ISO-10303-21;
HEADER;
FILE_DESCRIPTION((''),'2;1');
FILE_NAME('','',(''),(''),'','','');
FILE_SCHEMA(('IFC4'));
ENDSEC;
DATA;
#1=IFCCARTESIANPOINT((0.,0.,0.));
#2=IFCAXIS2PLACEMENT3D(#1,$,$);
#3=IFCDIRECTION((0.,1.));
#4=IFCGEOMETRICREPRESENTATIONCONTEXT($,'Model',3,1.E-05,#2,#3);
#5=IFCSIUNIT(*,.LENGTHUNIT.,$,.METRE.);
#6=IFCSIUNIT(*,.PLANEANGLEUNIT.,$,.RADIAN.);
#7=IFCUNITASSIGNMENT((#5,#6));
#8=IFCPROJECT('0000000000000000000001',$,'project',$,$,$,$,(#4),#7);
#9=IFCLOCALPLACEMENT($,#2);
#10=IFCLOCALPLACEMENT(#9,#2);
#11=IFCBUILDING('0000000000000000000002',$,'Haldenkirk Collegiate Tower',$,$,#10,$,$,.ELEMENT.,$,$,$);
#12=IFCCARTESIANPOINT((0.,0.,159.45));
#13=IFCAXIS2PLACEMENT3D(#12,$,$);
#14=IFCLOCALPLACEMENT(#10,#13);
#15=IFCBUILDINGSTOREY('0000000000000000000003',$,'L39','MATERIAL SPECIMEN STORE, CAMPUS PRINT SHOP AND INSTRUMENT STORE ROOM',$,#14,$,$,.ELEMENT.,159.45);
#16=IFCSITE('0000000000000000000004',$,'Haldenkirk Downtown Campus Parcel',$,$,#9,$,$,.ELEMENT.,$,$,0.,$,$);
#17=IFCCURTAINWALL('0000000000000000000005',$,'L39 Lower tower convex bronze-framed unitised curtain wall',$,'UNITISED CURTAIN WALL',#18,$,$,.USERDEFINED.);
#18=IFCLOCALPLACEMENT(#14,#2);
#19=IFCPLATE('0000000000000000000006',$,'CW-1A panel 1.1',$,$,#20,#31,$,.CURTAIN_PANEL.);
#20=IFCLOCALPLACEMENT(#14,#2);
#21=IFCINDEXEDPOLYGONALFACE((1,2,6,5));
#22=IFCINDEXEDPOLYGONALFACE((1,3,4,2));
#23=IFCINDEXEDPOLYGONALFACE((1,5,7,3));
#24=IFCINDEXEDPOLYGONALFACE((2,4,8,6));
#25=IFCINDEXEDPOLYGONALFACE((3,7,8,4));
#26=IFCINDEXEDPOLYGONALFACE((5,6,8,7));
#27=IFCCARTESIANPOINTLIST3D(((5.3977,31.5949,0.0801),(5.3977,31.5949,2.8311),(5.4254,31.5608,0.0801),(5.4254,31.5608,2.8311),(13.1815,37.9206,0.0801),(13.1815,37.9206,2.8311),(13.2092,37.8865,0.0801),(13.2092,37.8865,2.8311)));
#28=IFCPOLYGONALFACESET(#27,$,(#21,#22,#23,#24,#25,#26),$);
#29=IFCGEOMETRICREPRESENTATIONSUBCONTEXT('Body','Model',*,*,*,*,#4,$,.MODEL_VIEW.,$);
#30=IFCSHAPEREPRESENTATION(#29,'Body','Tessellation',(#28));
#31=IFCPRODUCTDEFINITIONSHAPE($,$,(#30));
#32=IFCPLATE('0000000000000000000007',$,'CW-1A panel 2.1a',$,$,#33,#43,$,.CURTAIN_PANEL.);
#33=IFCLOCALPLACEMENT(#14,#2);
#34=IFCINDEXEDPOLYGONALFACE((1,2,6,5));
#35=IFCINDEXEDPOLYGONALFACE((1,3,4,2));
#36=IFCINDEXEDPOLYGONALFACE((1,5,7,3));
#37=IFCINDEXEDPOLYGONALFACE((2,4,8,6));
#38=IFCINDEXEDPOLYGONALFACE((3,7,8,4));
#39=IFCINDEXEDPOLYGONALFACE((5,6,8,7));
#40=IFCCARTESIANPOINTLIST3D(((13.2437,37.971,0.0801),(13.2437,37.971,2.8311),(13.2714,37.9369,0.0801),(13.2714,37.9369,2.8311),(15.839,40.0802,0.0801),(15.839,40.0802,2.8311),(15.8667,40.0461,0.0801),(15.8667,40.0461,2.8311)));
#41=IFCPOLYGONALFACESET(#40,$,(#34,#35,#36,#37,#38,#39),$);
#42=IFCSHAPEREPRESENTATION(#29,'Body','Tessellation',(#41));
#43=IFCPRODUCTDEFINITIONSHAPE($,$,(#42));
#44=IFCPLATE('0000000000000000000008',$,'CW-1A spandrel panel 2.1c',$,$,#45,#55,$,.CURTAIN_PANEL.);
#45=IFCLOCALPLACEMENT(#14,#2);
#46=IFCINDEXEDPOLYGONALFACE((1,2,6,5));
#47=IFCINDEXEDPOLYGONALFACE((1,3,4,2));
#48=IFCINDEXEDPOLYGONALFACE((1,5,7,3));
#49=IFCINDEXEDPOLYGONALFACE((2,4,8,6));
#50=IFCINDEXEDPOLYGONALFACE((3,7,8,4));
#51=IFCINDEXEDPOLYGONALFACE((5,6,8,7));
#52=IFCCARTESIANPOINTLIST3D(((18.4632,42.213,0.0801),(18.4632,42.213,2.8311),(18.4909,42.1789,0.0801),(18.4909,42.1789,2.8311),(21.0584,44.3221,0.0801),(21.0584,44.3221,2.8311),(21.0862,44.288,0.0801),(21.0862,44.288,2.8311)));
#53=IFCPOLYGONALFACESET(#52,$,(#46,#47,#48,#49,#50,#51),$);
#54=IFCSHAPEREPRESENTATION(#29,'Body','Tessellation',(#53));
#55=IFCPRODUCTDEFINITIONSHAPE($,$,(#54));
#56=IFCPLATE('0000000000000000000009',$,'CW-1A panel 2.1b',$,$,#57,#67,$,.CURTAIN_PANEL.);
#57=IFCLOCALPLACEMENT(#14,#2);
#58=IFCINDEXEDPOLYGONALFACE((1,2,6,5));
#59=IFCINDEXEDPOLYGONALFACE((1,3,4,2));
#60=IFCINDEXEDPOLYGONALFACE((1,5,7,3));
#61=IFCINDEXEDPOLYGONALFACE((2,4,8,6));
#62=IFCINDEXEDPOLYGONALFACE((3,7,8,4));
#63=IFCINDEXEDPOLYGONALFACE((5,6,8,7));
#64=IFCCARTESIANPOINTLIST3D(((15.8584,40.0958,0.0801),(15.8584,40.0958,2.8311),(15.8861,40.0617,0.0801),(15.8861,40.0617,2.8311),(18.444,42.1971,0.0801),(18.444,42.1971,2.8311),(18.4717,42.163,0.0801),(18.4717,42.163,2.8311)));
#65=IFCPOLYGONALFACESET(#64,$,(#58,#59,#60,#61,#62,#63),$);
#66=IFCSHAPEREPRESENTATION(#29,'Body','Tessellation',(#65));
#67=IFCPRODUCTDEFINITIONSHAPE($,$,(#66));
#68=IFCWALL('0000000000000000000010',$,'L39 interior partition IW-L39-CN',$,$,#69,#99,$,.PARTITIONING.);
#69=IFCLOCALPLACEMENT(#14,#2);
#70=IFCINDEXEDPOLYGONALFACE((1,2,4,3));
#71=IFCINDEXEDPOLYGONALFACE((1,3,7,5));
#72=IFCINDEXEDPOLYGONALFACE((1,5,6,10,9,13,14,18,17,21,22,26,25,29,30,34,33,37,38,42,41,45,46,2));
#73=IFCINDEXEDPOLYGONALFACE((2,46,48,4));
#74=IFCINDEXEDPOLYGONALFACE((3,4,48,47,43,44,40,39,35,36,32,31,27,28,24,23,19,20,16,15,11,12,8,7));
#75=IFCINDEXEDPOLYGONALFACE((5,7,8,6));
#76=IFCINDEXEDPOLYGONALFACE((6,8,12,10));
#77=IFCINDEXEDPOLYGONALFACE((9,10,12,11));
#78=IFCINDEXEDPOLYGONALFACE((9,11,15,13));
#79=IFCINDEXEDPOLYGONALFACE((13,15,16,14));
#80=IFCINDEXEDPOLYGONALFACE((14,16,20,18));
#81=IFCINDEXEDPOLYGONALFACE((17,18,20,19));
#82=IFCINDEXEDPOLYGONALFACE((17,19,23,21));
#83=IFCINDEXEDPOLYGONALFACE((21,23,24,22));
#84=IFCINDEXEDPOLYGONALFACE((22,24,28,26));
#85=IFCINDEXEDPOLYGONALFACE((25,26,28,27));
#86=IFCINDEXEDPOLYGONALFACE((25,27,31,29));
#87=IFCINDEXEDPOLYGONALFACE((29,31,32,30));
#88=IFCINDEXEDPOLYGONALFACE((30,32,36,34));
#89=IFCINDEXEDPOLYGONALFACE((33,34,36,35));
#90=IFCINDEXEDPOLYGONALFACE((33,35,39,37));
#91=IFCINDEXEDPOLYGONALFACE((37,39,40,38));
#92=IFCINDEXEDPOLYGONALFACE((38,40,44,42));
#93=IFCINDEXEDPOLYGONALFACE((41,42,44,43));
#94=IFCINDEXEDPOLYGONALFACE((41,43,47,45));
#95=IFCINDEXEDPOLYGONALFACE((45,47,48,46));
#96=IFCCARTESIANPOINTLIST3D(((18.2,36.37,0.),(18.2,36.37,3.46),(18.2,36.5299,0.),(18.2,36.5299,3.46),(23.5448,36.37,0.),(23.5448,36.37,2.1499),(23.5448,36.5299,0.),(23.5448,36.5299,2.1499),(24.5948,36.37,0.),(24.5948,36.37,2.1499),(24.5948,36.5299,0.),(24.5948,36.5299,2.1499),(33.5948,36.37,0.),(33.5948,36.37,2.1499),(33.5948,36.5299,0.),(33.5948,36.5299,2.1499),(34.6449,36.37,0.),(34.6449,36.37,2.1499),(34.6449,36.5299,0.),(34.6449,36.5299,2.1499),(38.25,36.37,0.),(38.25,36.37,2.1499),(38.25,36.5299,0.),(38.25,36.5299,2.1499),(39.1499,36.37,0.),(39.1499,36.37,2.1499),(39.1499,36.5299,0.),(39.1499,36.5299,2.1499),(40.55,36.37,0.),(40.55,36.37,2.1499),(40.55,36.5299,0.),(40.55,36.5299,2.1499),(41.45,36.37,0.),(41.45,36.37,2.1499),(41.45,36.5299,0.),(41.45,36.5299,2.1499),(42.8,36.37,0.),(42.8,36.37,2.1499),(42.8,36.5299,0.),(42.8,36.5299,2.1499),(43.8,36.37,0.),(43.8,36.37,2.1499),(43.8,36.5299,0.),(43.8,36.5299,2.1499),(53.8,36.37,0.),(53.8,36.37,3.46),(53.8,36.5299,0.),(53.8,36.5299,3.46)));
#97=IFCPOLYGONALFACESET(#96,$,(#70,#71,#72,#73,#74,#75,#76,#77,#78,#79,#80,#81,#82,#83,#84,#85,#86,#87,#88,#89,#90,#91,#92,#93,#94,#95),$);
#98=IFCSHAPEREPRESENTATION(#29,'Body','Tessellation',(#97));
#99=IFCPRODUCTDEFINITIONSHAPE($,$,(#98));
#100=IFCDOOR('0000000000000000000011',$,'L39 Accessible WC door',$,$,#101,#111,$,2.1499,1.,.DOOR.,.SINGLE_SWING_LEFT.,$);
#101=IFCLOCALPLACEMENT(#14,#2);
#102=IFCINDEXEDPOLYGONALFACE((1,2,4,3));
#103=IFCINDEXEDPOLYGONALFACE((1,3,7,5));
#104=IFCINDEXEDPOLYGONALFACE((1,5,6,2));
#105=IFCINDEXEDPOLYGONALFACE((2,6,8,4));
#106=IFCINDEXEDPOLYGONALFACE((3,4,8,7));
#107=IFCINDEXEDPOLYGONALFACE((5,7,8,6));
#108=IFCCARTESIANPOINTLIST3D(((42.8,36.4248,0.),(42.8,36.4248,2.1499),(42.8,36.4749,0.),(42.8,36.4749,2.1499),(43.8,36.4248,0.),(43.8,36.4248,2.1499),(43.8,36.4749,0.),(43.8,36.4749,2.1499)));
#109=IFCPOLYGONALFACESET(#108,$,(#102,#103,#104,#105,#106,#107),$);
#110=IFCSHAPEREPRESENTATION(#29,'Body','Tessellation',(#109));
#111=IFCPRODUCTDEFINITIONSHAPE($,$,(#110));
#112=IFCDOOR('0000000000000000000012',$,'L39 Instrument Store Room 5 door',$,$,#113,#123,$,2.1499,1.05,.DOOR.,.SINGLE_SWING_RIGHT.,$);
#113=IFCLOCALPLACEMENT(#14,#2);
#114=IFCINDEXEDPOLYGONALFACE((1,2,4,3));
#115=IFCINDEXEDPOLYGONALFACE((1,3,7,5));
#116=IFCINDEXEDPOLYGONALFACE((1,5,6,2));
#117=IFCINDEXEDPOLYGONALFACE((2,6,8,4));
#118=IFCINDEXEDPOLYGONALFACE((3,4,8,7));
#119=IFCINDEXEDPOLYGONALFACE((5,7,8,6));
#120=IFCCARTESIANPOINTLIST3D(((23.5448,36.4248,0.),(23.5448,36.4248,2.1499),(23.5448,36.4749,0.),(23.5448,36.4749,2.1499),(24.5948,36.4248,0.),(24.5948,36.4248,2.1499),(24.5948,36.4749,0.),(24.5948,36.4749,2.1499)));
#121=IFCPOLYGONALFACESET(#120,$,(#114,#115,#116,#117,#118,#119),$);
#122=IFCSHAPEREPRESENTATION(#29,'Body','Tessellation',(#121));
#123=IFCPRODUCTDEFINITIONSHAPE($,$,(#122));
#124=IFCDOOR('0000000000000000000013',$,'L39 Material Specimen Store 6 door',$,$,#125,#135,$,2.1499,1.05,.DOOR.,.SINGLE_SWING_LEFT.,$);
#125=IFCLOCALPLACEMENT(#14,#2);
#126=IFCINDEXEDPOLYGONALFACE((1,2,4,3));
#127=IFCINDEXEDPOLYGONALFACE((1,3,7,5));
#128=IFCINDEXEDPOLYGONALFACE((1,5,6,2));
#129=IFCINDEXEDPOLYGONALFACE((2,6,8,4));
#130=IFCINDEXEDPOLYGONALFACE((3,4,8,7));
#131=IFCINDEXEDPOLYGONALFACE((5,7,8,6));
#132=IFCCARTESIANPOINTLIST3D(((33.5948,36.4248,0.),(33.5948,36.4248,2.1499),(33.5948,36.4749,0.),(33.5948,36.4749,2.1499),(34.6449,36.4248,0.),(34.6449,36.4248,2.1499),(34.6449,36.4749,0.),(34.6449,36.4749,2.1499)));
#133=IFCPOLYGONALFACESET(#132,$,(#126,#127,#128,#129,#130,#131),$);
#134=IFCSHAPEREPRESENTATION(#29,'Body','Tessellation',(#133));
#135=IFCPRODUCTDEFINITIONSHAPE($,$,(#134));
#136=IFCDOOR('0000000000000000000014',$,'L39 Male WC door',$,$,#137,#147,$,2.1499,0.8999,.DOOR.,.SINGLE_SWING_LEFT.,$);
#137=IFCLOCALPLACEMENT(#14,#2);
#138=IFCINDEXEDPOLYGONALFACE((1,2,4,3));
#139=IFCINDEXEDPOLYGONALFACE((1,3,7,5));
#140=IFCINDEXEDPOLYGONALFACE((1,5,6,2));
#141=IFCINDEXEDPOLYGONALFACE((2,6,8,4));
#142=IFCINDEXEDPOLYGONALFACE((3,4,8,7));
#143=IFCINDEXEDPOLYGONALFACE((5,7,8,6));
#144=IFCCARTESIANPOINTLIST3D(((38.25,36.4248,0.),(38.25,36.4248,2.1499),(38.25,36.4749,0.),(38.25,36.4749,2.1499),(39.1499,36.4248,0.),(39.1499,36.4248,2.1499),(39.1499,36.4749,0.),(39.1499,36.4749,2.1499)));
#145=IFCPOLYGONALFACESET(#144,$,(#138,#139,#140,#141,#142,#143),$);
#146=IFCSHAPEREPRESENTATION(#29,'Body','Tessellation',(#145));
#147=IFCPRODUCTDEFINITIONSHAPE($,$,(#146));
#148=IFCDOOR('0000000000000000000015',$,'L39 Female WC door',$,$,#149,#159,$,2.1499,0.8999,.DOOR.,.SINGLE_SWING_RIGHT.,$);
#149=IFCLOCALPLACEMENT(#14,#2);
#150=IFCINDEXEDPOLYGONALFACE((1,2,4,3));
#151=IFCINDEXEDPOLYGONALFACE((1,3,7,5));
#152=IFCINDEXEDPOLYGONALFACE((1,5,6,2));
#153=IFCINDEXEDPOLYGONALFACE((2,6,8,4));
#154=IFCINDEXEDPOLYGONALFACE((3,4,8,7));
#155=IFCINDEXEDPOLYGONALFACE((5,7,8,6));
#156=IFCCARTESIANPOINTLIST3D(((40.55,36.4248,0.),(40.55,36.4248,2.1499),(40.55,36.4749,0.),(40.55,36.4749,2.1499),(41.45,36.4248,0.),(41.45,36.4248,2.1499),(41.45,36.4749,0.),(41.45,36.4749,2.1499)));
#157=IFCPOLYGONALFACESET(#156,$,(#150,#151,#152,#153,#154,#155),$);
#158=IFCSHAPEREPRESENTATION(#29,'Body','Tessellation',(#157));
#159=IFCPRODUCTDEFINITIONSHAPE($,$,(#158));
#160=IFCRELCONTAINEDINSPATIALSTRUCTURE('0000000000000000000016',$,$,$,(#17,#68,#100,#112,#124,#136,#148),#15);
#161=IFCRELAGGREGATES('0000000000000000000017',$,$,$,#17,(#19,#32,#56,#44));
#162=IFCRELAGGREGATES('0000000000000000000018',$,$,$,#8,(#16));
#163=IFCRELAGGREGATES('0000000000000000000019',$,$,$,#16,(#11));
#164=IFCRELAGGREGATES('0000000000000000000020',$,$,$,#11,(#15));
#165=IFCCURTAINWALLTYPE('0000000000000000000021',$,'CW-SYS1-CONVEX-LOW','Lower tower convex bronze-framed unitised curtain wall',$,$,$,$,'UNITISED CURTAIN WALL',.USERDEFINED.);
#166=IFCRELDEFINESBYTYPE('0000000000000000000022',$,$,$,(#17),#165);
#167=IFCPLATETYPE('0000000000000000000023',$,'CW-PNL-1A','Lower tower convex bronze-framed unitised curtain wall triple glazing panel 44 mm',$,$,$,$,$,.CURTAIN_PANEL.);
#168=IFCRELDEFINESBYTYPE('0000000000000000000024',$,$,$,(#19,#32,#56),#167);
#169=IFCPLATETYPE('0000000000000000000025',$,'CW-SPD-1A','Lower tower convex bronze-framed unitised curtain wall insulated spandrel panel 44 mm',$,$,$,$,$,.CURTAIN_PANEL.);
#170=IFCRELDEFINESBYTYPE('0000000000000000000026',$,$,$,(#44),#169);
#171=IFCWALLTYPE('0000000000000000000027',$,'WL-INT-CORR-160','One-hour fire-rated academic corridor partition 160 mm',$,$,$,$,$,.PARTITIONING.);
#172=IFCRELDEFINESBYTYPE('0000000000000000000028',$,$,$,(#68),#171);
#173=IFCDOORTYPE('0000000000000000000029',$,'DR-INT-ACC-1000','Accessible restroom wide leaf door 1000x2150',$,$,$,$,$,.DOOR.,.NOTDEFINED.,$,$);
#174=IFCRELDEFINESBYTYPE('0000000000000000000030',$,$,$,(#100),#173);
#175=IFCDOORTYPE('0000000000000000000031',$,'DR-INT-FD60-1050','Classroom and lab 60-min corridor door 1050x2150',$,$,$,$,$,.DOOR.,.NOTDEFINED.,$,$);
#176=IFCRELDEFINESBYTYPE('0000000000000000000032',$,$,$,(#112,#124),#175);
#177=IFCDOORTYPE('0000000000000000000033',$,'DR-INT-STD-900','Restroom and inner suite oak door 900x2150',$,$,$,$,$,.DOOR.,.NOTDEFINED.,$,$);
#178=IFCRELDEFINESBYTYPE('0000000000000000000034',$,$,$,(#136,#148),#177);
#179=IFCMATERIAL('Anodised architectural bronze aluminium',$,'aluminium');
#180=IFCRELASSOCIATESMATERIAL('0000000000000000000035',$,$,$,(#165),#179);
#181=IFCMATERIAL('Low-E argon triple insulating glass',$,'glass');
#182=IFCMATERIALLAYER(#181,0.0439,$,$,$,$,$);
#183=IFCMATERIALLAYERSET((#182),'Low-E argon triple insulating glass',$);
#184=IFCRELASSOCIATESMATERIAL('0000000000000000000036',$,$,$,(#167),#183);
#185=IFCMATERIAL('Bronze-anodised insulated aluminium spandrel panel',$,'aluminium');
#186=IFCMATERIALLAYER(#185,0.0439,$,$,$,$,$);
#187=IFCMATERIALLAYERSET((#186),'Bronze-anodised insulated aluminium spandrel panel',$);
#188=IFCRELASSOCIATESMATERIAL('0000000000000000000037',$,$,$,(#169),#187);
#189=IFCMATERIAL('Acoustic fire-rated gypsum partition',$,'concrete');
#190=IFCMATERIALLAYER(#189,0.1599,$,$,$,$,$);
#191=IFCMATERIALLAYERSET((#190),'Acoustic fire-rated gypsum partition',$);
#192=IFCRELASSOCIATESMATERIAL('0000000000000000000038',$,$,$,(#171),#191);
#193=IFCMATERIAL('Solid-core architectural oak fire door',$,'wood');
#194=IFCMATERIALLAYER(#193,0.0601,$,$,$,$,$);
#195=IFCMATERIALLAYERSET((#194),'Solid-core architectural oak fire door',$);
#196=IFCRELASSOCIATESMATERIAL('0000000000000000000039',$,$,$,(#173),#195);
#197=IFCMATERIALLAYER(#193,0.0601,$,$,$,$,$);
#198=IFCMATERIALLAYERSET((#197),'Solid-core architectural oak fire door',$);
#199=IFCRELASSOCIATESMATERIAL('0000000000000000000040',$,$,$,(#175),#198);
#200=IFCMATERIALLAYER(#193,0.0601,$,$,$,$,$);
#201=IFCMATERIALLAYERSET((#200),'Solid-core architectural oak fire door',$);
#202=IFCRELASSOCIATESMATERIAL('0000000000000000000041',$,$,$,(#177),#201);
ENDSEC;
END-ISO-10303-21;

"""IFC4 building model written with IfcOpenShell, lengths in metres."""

from ifc_helpers import new_model, si_unit, direction, frame, frame_2d, origin, origin_2d, place, context, subcontext, project, spatial, rectangle, extrude, source, transform, mapped, material, layer, layer_set, type_object, element, fill, aggregate, save


model = new_model("IFC4")

# Units and contexts
model_context = context("Model", 3, precision=1e-05, world=origin(), true_north=direction((0.0, 1.0)))
body_context = subcontext(model_context, "Body", "Model", "MODEL_VIEW")
ifc_project = project(units=[si_unit("LENGTHUNIT", "METRE"), si_unit("PLANEANGLEUNIT", "RADIAN")], contexts=[model_context])

# Site, building, storey
site_placement = place(None, origin())
site = spatial("IfcSite", under=ifc_project, at=site_placement, Name="Haldenkirk Downtown Campus Parcel", CompositionType="ELEMENT", RefElevation=0.0)
building_placement = place(site_placement, origin())
building = spatial("IfcBuilding", under=site, at=building_placement, Name="Haldenkirk Collegiate Tower", CompositionType="ELEMENT")
storey_placement = place(building_placement, frame((0.0, 0.0, 159.45)))
storey = spatial("IfcBuildingStorey", under=building, at=storey_placement, Name="L39", Description="MATERIAL SPECIMEN STORE, CAMPUS PRINT SHOP AND INSTRUMENT STORE ROOM", CompositionType="ELEMENT", Elevation=159.45)

# Curtain wall, plates
ifc_material_1 = material(Name="Anodised architectural bronze aluminium", Category="aluminium")
curtain_wall_type = type_object("IfcCurtainWallType", Name="CW-SYS1-CONVEX-LOW", Description="Lower tower convex bronze-framed unitised curtain wall", ElementType="UNITISED CURTAIN WALL", PredefinedType="USERDEFINED", material=ifc_material_1)
curtain_wall_placement = place(storey_placement, origin())
curtain_wall = element("IfcCurtainWall", 1, at=curtain_wall_placement, inside=storey, type_object=curtain_wall_type, Name="L39 Lower tower convex bronze-framed unitised curtain wall", ObjectType="UNITISED CURTAIN WALL", PredefinedType="USERDEFINED")
ifc_material_2 = material(Name="Low-E argon triple insulating glass", Category="glass")
ifc_layer_1 = layer(ifc_material_2, 0.0439)
ifc_layer_set_1 = layer_set([ifc_layer_1], Name="Low-E argon triple insulating glass")
plate_type_1 = type_object("IfcPlateType", Name="CW-PNL-1A", Description="Lower tower convex bronze-framed unitised curtain wall triple glazing panel 44 mm", PredefinedType="CURTAIN_PANEL", material=ifc_layer_set_1)
shared_shape_1 = source(origin(), body_context, "Body", "SweptSolid", [
    extrude(rectangle(XDim=10.03, YDim=0.0439, at=origin_2d()), origin(), (0.0, 0.0, 1.0), 2.751),
])
plate_1_placement = place(storey_placement, frame((9.3035, 34.7407, 0.0801), z_axis=(0.0, 0.0, 1.0), x_axis=(0.776048, 0.630674, 0.0)))
plate_1 = element("IfcPlate", 2, at=plate_1_placement, type_object=plate_type_1, Name="CW-1A panel 1.1", PredefinedType="CURTAIN_PANEL", context=body_context, shape_type="MappedRepresentation", body=[
    mapped(shared_shape_1, transform((0.0, 0.0, 0.0), x_axis=(1.0, 0.0, 0.0), y_axis=(0.0, 1.0, 0.0), z_axis=(0.0, 0.0, 1.0), scale=1.0)),
])
shared_shape_2 = source(origin(), body_context, "Body", "SweptSolid", [
    extrude(rectangle(XDim=3.3442, YDim=0.0439, at=origin_2d()), origin(), (0.0, 0.0, 1.0), 2.751),
])
plate_2_placement = place(storey_placement, frame((14.5552, 39.0085, 0.0801), z_axis=(0.0, 0.0, 1.0), x_axis=(0.776048, 0.630674, 0.0)))
plate_2 = element("IfcPlate", 3, at=plate_2_placement, type_object=plate_type_1, Name="CW-1A panel 2.1a", PredefinedType="CURTAIN_PANEL", context=body_context, shape_type="MappedRepresentation", body=[
    mapped(shared_shape_2, transform((0.0, 0.0, 0.0), x_axis=(1.0, 0.0, 0.0), y_axis=(0.0, 1.0, 0.0), z_axis=(0.0, 0.0, 1.0), scale=1.0)),
])
ifc_material_3 = material(Name="Bronze-anodised insulated aluminium spandrel panel", Category="aluminium")
ifc_layer_2 = layer(ifc_material_3, 0.0439)
ifc_layer_set_2 = layer_set([ifc_layer_2], Name="Bronze-anodised insulated aluminium spandrel panel")
plate_type_2 = type_object("IfcPlateType", Name="CW-SPD-1A", Description="Lower tower convex bronze-framed unitised curtain wall insulated spandrel panel 44 mm", PredefinedType="CURTAIN_PANEL", material=ifc_layer_set_2)
plate_3_placement = place(storey_placement, frame((19.7747, 43.2505, 0.0801), z_axis=(0.0, 0.0, 1.0), x_axis=(0.776048, 0.630674, 0.0)))
plate_3 = element("IfcPlate", 4, at=plate_3_placement, type_object=plate_type_2, Name="CW-1A spandrel panel 2.1c", PredefinedType="CURTAIN_PANEL", context=body_context, shape_type="MappedRepresentation", body=[
    mapped(shared_shape_2, transform((0.0, 0.0, 0.0), x_axis=(1.0, 0.0, 0.0), y_axis=(0.0, 1.0, 0.0), z_axis=(0.0, 0.0, 1.0), scale=1.0)),
])
shared_shape_3 = source(origin(), body_context, "Body", "SweptSolid", [
    extrude(rectangle(XDim=3.3318, YDim=0.0439, at=origin_2d()), origin(), (0.0, 0.0, 1.0), 2.751),
])
plate_4_placement = place(storey_placement, frame((17.165, 41.1294, 0.0801), z_axis=(0.0, 0.0, 1.0), x_axis=(0.776048, 0.630674, 0.0)))
plate_4 = element("IfcPlate", 5, at=plate_4_placement, type_object=plate_type_1, Name="CW-1A panel 2.1b", PredefinedType="CURTAIN_PANEL", context=body_context, shape_type="MappedRepresentation", body=[
    mapped(shared_shape_3, transform((0.0, 0.0, 0.0), x_axis=(1.0, 0.0, 0.0), y_axis=(0.0, 1.0, 0.0), z_axis=(0.0, 0.0, 1.0), scale=1.0)),
])
aggregate(curtain_wall, [plate_1, plate_2, plate_4, plate_3])

# Wall, openings, doors
ifc_material_4 = material(Name="Acoustic fire-rated gypsum partition", Category="concrete")
ifc_layer_3 = layer(ifc_material_4, 0.1599)
ifc_layer_set_3 = layer_set([ifc_layer_3], Name="Acoustic fire-rated gypsum partition")
wall_type_1 = type_object("IfcWallType", Name="WL-INT-CORR-160", Description="One-hour fire-rated academic corridor partition 160 mm", PredefinedType="PARTITIONING", material=ifc_layer_set_3)
wall_1_placement = place(storey_placement, frame((18.2, 36.45, 0.0), z_axis=(0.0, 0.0, 1.0), x_axis=(1.0, 0.0, 0.0)))
wall_1 = element("IfcWall", 6, at=wall_1_placement, inside=storey, type_object=wall_type_1, Name="L39 interior partition IW-L39-CN", PredefinedType="PARTITIONING", context=body_context, shape_type="SweptSolid", body=[
    extrude(rectangle(XDim=35.6001, YDim=0.1599, at=frame_2d((17.8, 0.0))), origin(), (0.0, 0.0, 1.0), 3.46),
])
opening_1_placement = place(wall_1_placement, frame((20.05, 0.0, 0.0)))
opening_1 = element("IfcOpeningElement", 7, at=opening_1_placement, cuts=wall_1, PredefinedType="OPENING", context=body_context, shape_type="SweptSolid", body=[
    extrude(rectangle(XDim=0.8999, YDim=2.1499, at=frame_2d((0.45, 1.075))), frame((0.0, 0.0898, 0.0), z_axis=(0.0, -1.0, 0.0), x_axis=(1.0, 0.0, 0.0)), (0.0, 0.0, 1.0), 0.1799),
])
opening_2_placement = place(wall_1_placement, frame((22.3501, 0.0, 0.0)))
opening_2 = element("IfcOpeningElement", 8, at=opening_2_placement, cuts=wall_1, PredefinedType="OPENING", context=body_context, shape_type="SweptSolid", body=[
    extrude(rectangle(XDim=0.8999, YDim=2.1499, at=frame_2d((0.45, 1.075))), frame((0.0, 0.0898, 0.0), z_axis=(0.0, -1.0, 0.0), x_axis=(1.0, 0.0, 0.0)), (0.0, 0.0, 1.0), 0.1799),
])
opening_3_placement = place(wall_1_placement, frame((24.6001, 0.0, 0.0)))
opening_3 = element("IfcOpeningElement", 9, at=opening_3_placement, cuts=wall_1, PredefinedType="OPENING", context=body_context, shape_type="SweptSolid", body=[
    extrude(rectangle(XDim=1.0, YDim=2.1499, at=frame_2d((0.5, 1.075))), frame((0.0, 0.0898, 0.0), z_axis=(0.0, -1.0, 0.0), x_axis=(1.0, 0.0, 0.0)), (0.0, 0.0, 1.0), 0.1799),
])
opening_4_placement = place(wall_1_placement, frame((5.345, 0.0, 0.0)))
opening_4 = element("IfcOpeningElement", 10, at=opening_4_placement, cuts=wall_1, PredefinedType="OPENING", context=body_context, shape_type="SweptSolid", body=[
    extrude(rectangle(XDim=1.05, YDim=2.1499, at=frame_2d((0.5249, 1.075))), frame((0.0, 0.0898, 0.0), z_axis=(0.0, -1.0, 0.0), x_axis=(1.0, 0.0, 0.0)), (0.0, 0.0, 1.0), 0.1799),
])
opening_5_placement = place(wall_1_placement, frame((15.395, 0.0, 0.0)))
opening_5 = element("IfcOpeningElement", 11, at=opening_5_placement, cuts=wall_1, PredefinedType="OPENING", context=body_context, shape_type="SweptSolid", body=[
    extrude(rectangle(XDim=1.05, YDim=2.1499, at=frame_2d((0.5249, 1.075))), frame((0.0, 0.0898, 0.0), z_axis=(0.0, -1.0, 0.0), x_axis=(1.0, 0.0, 0.0)), (0.0, 0.0, 1.0), 0.1799),
])
ifc_material_5 = material(Name="Solid-core architectural oak fire door", Category="wood")
ifc_layer_4 = layer(ifc_material_5, 0.0601)
ifc_layer_set_4 = layer_set([ifc_layer_4], Name="Solid-core architectural oak fire door")
door_type_1 = type_object("IfcDoorType", Name="DR-INT-ACC-1000", Description="Accessible restroom wide leaf door 1000x2150", OperationType="NOTDEFINED", PredefinedType="DOOR", material=ifc_layer_set_4)
door_1_placement = place(opening_3_placement, origin())
door_1 = element("IfcDoor", 12, at=door_1_placement, inside=storey, type_object=door_type_1, Name="L39 Accessible WC door", OperationType="SINGLE_SWING_LEFT", OverallHeight=2.1499, OverallWidth=1.0, PredefinedType="DOOR", context=body_context, shape_type="SweptSolid", body=[
    extrude(rectangle(XDim=1.0, YDim=2.1499, at=frame_2d((0.5, 1.075))), frame((0.0, 0.0249, 0.0), z_axis=(0.0, -1.0, 0.0), x_axis=(1.0, 0.0, 0.0)), (0.0, 0.0, 1.0), 0.05),
])
fill(opening_3, door_1)
ifc_layer_5 = layer(ifc_material_5, 0.0601)
ifc_layer_set_5 = layer_set([ifc_layer_5], Name="Solid-core architectural oak fire door")
door_type_2 = type_object("IfcDoorType", Name="DR-INT-FD60-1050", Description="Classroom and lab 60-min corridor door 1050x2150", OperationType="NOTDEFINED", PredefinedType="DOOR", material=ifc_layer_set_5)
door_2_placement = place(opening_4_placement, origin())
door_2 = element("IfcDoor", 13, at=door_2_placement, inside=storey, type_object=door_type_2, Name="L39 Instrument Store Room 5 door", OperationType="SINGLE_SWING_RIGHT", OverallHeight=2.1499, OverallWidth=1.05, PredefinedType="DOOR", context=body_context, shape_type="SweptSolid", body=[
    extrude(rectangle(XDim=1.05, YDim=2.1499, at=frame_2d((0.5249, 1.075))), frame((0.0, 0.0249, 0.0), z_axis=(0.0, -1.0, 0.0), x_axis=(1.0, 0.0, 0.0)), (0.0, 0.0, 1.0), 0.05),
])
fill(opening_4, door_2)
door_3_placement = place(opening_5_placement, origin())
door_3 = element("IfcDoor", 14, at=door_3_placement, inside=storey, type_object=door_type_2, Name="L39 Material Specimen Store 6 door", OperationType="SINGLE_SWING_LEFT", OverallHeight=2.1499, OverallWidth=1.05, PredefinedType="DOOR", context=body_context, shape_type="SweptSolid", body=[
    extrude(rectangle(XDim=1.05, YDim=2.1499, at=frame_2d((0.5249, 1.075))), frame((0.0, 0.0249, 0.0), z_axis=(0.0, -1.0, 0.0), x_axis=(1.0, 0.0, 0.0)), (0.0, 0.0, 1.0), 0.05),
])
fill(opening_5, door_3)
ifc_layer_6 = layer(ifc_material_5, 0.0601)
ifc_layer_set_6 = layer_set([ifc_layer_6], Name="Solid-core architectural oak fire door")
door_type_3 = type_object("IfcDoorType", Name="DR-INT-STD-900", Description="Restroom and inner suite oak door 900x2150", OperationType="NOTDEFINED", PredefinedType="DOOR", material=ifc_layer_set_6)
door_4_placement = place(opening_1_placement, origin())
door_4 = element("IfcDoor", 15, at=door_4_placement, inside=storey, type_object=door_type_3, Name="L39 Male WC door", OperationType="SINGLE_SWING_LEFT", OverallHeight=2.1499, OverallWidth=0.8999, PredefinedType="DOOR", context=body_context, shape_type="SweptSolid", body=[
    extrude(rectangle(XDim=0.8999, YDim=2.1499, at=frame_2d((0.45, 1.075))), frame((0.0, 0.0249, 0.0), z_axis=(0.0, -1.0, 0.0), x_axis=(1.0, 0.0, 0.0)), (0.0, 0.0, 1.0), 0.05),
])
fill(opening_1, door_4)
door_5_placement = place(opening_2_placement, origin())
door_5 = element("IfcDoor", 16, at=door_5_placement, inside=storey, type_object=door_type_3, Name="L39 Female WC door", OperationType="SINGLE_SWING_RIGHT", OverallHeight=2.1499, OverallWidth=0.8999, PredefinedType="DOOR", context=body_context, shape_type="SweptSolid", body=[
    extrude(rectangle(XDim=0.8999, YDim=2.1499, at=frame_2d((0.45, 1.075))), frame((0.0, 0.0249, 0.0), z_axis=(0.0, -1.0, 0.0), x_axis=(1.0, 0.0, 0.0)), (0.0, 0.0, 1.0), 0.05),
])
fill(opening_2, door_5)

save(model, "model.ifc")
